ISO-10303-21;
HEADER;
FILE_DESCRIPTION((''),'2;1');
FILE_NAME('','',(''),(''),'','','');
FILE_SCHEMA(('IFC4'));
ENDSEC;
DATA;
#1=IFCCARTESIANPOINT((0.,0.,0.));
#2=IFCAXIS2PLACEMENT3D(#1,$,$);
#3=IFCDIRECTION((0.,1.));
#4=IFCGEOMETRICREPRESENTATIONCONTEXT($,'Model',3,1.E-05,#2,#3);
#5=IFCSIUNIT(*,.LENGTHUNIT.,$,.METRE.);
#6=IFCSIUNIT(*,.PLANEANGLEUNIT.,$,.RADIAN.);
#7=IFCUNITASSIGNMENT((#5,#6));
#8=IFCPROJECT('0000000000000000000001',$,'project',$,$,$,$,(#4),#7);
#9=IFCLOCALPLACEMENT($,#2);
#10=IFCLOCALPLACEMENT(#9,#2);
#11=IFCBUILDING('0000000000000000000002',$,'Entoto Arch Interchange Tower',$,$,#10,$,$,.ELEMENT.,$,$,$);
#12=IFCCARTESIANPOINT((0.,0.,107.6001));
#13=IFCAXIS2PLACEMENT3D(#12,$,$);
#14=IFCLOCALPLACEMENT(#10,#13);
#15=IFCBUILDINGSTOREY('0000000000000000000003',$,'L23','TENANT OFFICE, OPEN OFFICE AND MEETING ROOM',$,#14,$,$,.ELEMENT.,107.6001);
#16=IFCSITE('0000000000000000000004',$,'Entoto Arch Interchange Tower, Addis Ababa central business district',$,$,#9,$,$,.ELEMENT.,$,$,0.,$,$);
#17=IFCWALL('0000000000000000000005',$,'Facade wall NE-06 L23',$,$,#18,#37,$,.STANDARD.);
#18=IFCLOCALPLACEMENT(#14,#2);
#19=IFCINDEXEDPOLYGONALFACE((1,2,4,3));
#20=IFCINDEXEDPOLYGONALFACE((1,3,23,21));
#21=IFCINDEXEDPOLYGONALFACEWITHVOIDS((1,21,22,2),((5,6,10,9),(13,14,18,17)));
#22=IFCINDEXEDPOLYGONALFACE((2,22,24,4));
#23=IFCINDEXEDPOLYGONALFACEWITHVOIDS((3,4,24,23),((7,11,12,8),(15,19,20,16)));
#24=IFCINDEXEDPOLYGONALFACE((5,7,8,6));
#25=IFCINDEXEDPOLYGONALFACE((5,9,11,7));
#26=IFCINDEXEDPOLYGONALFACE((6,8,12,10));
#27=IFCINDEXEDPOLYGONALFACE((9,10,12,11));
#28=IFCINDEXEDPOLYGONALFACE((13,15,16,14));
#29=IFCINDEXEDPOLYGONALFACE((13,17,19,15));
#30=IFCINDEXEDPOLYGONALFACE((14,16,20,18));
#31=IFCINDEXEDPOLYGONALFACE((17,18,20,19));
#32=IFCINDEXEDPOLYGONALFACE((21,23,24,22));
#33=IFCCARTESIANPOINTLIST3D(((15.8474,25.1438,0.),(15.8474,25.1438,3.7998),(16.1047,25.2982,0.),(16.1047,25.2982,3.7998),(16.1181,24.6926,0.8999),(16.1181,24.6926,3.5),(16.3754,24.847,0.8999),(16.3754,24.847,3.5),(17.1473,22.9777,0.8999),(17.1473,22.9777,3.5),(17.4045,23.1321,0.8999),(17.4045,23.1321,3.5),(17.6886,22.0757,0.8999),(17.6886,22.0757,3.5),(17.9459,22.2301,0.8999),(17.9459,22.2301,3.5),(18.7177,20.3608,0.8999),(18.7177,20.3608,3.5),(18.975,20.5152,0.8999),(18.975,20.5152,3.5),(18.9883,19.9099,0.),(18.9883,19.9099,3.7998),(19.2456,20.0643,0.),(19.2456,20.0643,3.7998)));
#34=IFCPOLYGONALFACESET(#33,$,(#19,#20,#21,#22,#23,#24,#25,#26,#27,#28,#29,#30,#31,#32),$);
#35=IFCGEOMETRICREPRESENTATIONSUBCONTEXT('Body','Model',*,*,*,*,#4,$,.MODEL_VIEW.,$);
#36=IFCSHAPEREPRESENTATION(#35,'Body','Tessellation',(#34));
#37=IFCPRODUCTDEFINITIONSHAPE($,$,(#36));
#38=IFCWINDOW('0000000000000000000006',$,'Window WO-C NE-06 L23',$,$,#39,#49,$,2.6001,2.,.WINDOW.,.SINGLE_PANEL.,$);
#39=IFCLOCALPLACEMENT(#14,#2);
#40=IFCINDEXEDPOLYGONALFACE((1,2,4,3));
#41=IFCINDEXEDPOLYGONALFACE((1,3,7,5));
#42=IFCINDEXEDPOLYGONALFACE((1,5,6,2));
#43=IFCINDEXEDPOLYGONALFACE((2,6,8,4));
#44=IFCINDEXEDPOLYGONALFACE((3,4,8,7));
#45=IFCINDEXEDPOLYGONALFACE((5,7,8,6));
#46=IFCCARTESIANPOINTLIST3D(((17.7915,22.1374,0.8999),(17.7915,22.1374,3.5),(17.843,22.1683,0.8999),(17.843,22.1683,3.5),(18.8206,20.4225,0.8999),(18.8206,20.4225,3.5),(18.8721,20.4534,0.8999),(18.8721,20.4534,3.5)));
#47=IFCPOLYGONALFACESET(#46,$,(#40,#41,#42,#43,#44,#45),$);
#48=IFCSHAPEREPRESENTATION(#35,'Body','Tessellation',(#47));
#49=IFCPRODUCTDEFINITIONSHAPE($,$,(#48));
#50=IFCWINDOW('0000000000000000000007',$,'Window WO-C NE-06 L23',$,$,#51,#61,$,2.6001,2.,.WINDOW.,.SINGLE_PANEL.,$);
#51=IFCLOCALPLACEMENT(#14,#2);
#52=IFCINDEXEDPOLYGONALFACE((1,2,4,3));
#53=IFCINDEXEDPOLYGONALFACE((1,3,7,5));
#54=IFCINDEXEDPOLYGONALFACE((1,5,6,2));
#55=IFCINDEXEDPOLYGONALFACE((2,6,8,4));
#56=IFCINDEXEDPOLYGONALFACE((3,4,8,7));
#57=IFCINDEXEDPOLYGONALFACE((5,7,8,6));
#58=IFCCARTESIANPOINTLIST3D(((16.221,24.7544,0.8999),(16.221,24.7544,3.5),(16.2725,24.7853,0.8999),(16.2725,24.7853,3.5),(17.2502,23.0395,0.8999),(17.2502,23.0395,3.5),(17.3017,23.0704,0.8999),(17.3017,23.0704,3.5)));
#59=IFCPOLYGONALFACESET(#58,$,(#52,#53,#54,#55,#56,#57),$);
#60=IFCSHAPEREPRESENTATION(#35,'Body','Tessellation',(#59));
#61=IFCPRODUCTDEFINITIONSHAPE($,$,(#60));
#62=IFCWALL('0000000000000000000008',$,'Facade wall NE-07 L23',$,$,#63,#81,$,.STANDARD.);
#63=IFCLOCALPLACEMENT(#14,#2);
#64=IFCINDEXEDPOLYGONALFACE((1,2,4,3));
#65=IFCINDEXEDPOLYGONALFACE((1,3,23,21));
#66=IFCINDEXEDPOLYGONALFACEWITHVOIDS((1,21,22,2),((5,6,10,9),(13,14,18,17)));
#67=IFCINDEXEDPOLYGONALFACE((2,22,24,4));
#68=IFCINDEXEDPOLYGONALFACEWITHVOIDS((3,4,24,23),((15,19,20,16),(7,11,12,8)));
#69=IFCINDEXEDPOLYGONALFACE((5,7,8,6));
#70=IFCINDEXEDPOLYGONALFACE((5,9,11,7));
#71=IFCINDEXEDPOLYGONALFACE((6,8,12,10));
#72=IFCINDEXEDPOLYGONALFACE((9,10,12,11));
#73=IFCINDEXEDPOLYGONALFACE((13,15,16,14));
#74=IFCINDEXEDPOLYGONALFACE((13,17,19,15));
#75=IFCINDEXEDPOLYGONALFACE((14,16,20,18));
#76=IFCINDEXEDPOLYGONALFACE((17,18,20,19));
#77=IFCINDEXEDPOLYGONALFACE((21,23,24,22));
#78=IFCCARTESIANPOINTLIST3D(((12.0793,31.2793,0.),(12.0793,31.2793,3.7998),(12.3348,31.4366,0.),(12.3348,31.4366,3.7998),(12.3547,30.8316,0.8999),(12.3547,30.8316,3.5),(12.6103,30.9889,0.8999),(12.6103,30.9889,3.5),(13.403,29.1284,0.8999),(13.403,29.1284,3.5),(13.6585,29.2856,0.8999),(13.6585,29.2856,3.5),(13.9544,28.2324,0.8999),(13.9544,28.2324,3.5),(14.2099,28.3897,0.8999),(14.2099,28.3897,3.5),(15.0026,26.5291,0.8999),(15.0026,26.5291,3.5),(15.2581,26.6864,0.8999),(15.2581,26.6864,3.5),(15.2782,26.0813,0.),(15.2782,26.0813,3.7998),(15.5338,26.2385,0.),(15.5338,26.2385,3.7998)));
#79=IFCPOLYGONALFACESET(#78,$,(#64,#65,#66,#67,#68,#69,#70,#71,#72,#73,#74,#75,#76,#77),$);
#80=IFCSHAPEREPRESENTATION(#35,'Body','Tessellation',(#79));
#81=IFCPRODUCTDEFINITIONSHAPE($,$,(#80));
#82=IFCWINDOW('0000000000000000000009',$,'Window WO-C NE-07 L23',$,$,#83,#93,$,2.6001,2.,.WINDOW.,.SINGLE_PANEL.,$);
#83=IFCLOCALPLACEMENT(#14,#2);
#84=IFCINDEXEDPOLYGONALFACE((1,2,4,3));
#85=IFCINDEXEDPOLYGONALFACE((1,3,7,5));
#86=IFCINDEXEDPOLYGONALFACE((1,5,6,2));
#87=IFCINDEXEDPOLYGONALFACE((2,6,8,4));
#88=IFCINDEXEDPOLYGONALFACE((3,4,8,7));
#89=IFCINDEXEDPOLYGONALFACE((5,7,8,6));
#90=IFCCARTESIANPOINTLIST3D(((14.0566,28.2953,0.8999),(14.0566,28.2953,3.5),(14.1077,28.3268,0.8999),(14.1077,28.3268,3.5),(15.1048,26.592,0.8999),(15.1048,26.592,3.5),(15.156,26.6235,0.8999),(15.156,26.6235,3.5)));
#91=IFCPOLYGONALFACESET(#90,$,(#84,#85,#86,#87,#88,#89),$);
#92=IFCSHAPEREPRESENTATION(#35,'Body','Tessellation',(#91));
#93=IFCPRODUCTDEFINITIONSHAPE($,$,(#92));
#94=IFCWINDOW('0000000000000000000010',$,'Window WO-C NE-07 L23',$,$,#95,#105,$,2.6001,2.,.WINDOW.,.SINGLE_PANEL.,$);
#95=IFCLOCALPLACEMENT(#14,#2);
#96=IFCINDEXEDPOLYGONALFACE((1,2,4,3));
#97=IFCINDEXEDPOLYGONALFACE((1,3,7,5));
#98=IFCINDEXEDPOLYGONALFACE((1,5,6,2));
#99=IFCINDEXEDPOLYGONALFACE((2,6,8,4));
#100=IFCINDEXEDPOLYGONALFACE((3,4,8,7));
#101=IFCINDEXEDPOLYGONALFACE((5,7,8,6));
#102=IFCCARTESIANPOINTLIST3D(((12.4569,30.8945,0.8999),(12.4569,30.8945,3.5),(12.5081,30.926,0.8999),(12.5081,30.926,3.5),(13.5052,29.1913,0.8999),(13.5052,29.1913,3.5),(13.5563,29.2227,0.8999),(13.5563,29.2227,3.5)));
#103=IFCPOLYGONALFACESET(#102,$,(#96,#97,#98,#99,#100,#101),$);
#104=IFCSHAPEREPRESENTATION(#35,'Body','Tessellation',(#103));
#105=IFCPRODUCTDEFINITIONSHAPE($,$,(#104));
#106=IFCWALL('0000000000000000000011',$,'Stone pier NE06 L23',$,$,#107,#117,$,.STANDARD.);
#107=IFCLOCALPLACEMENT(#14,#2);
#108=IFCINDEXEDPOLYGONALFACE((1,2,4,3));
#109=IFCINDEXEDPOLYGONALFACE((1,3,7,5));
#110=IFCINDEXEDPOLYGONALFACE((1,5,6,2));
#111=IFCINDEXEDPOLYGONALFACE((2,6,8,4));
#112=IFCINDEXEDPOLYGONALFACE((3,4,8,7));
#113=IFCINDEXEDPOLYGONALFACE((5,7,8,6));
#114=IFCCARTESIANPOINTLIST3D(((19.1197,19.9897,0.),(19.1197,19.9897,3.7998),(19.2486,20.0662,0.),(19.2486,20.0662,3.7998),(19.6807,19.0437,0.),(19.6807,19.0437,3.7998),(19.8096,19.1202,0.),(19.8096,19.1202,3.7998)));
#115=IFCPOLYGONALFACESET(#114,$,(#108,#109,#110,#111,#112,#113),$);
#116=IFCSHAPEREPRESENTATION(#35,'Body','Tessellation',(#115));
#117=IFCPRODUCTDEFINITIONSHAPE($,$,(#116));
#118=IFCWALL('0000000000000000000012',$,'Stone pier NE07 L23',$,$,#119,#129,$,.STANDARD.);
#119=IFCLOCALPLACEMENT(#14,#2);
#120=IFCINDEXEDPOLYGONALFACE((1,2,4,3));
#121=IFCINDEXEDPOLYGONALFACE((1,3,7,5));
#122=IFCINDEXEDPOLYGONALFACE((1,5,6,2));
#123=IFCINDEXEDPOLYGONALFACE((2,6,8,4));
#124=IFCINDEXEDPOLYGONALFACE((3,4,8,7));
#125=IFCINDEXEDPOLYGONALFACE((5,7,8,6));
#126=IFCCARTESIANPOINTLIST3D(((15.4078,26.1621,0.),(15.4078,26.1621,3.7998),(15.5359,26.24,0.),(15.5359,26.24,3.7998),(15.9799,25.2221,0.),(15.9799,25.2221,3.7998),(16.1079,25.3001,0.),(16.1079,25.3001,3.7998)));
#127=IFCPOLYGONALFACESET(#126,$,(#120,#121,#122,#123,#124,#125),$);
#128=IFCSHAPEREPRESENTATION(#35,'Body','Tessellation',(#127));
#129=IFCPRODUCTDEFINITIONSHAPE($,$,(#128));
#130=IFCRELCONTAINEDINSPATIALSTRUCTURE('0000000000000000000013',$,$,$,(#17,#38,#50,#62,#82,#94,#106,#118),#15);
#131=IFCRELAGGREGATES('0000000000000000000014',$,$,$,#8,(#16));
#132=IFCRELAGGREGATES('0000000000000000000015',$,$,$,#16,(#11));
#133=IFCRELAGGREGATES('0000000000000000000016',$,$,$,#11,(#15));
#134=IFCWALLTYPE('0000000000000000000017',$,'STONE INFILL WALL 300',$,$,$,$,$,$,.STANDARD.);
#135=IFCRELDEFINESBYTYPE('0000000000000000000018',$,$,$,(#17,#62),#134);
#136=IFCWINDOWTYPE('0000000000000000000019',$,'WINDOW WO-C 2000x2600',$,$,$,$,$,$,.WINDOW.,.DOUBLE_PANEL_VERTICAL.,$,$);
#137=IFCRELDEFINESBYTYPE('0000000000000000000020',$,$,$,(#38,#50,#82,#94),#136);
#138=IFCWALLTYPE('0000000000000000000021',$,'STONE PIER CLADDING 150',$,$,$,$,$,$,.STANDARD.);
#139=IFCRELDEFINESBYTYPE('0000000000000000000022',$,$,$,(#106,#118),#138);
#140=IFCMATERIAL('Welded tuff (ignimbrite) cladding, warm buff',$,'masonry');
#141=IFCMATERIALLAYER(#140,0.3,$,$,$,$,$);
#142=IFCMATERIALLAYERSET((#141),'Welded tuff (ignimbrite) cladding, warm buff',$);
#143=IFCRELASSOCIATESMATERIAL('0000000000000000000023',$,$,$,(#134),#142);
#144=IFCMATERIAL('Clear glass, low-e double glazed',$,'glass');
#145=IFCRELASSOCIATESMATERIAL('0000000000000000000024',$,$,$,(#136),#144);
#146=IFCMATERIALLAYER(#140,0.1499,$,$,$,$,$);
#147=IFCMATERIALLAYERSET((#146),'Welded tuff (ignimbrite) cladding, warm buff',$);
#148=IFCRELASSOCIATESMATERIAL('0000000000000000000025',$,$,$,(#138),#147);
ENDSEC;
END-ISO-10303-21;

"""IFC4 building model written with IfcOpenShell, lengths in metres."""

from ifc_helpers import new_model, si_unit, direction, frame, frame_2d, origin, place, context, subcontext, project, spatial, rectangle, extrude, material, layer, layer_set, type_object, element, fill, save


model = new_model("IFC4")

# Units and contexts
model_context = context("Model", 3, precision=1e-05, world=origin(), true_north=direction((0.0, 1.0)))
body_context = subcontext(model_context, "Body", "Model", "MODEL_VIEW")
ifc_project = project(units=[si_unit("LENGTHUNIT", "METRE"), si_unit("PLANEANGLEUNIT", "RADIAN")], contexts=[model_context])

# Site, building, storey
site_placement = place(None, origin())
site = spatial("IfcSite", under=ifc_project, at=site_placement, Name="Entoto Arch Interchange Tower, Addis Ababa central business district", CompositionType="ELEMENT", RefElevation=0.0)
building_placement = place(site_placement, origin())
building = spatial("IfcBuilding", under=site, at=building_placement, Name="Entoto Arch Interchange Tower", CompositionType="ELEMENT")
storey_placement = place(building_placement, frame((0.0, 0.0, 107.6001)))
storey = spatial("IfcBuildingStorey", under=building, at=storey_placement, Name="L23", Description="TENANT OFFICE, OPEN OFFICE AND MEETING ROOM", CompositionType="ELEMENT", Elevation=107.6001)

# Walls, openings, windows
ifc_material_1 = material(Name="Welded tuff (ignimbrite) cladding, warm buff", Category="masonry")
ifc_layer_1 = layer(ifc_material_1, 0.3)
ifc_layer_set_1 = layer_set([ifc_layer_1], Name="Welded tuff (ignimbrite) cladding, warm buff")
wall_type_1 = type_object("IfcWallType", Name="STONE INFILL WALL 300", PredefinedType="STANDARD", material=ifc_layer_set_1)
wall_1_placement = place(storey_placement, frame((19.1169, 19.9871, 0.0), z_axis=(0.0, 0.0, 1.0), x_axis=(-0.51456, 0.857454, 0.0)))
wall_1 = element("IfcWall", 1, at=wall_1_placement, inside=storey, type_object=wall_type_1, Name="Facade wall NE-06 L23", PredefinedType="STANDARD", context=body_context, shape_type="SweptSolid", body=[
    extrude(rectangle(XDim=6.104, YDim=0.3, at=frame_2d((3.052, 0.0))), origin(), (0.0, 0.0, 1.0), 3.7998),
])
opening_1_placement = place(wall_1_placement, frame((0.5259, 0.0, 0.8999)))
opening_1 = element("IfcOpeningElement", 2, at=opening_1_placement, cuts=wall_1, PredefinedType="OPENING", context=body_context, shape_type="SweptSolid", body=[
    extrude(rectangle(XDim=2.0, YDim=2.6001, at=frame_2d((1.0, 1.3))), frame((0.0, 0.1602, 0.0), z_axis=(0.0, -1.0, 0.0), x_axis=(1.0, 0.0, 0.0)), (0.0, 0.0, 1.0), 0.3201),
])
opening_2_placement = place(wall_1_placement, frame((3.5779, 0.0, 0.8999)))
opening_2 = element("IfcOpeningElement", 3, at=opening_2_placement, cuts=wall_1, PredefinedType="OPENING", context=body_context, shape_type="SweptSolid", body=[
    extrude(rectangle(XDim=2.0, YDim=2.6001, at=frame_2d((1.0, 1.3))), frame((0.0, 0.1602, 0.0), z_axis=(0.0, -1.0, 0.0), x_axis=(1.0, 0.0, 0.0)), (0.0, 0.0, 1.0), 0.3201),
])
ifc_material_2 = material(Name="Clear glass, low-e double glazed", Category="glass")
window_type = type_object("IfcWindowType", Name="WINDOW WO-C 2000x2600", PartitioningType="DOUBLE_PANEL_VERTICAL", PredefinedType="WINDOW", material=ifc_material_2)
window_1_placement = place(opening_1_placement, origin())
window_1 = element("IfcWindow", 4, at=window_1_placement, inside=storey, type_object=window_type, Name="Window WO-C NE-06 L23", OverallHeight=2.6001, OverallWidth=2.0, PartitioningType="SINGLE_PANEL", PredefinedType="WINDOW", context=body_context, shape_type="SweptSolid", body=[
    extrude(rectangle(XDim=2.0, YDim=2.6001, at=frame_2d((1.0, 1.3))), frame((0.0, 0.03, 0.0), z_axis=(0.0, -1.0, 0.0), x_axis=(1.0, 0.0, 0.0)), (0.0, 0.0, 1.0), 0.0601),
])
fill(opening_1, window_1)
window_2_placement = place(opening_2_placement, origin())
window_2 = element("IfcWindow", 5, at=window_2_placement, inside=storey, type_object=window_type, Name="Window WO-C NE-06 L23", OverallHeight=2.6001, OverallWidth=2.0, PartitioningType="SINGLE_PANEL", PredefinedType="WINDOW", context=body_context, shape_type="SweptSolid", body=[
    extrude(rectangle(XDim=2.0, YDim=2.6001, at=frame_2d((1.0, 1.3))), frame((0.0, 0.03, 0.0), z_axis=(0.0, -1.0, 0.0), x_axis=(1.0, 0.0, 0.0)), (0.0, 0.0, 1.0), 0.0601),
])
fill(opening_2, window_2)
wall_2_placement = place(storey_placement, frame((15.406, 26.1599, 0.0), z_axis=(0.0, 0.0, 1.0), x_axis=(-0.524122, 0.851643, 0.0)))
wall_2 = element("IfcWall", 6, at=wall_2_placement, inside=storey, type_object=wall_type_1, Name="Facade wall NE-07 L23", PredefinedType="STANDARD", context=body_context, shape_type="SweptSolid", body=[
    extrude(rectangle(XDim=6.1035, YDim=0.3, at=frame_2d((3.0518, 0.0))), origin(), (0.0, 0.0, 1.0), 3.7998),
])
opening_3_placement = place(wall_2_placement, frame((0.5259, 0.0, 0.8999)))
opening_3 = element("IfcOpeningElement", 7, at=opening_3_placement, cuts=wall_2, PredefinedType="OPENING", context=body_context, shape_type="SweptSolid", body=[
    extrude(rectangle(XDim=2.0, YDim=2.6001, at=frame_2d((1.0, 1.3))), frame((0.0, 0.1602, 0.0), z_axis=(0.0, -1.0, 0.0), x_axis=(1.0, 0.0, 0.0)), (0.0, 0.0, 1.0), 0.3201),
])
opening_4_placement = place(wall_2_placement, frame((3.5779, 0.0, 0.8999)))
opening_4 = element("IfcOpeningElement", 8, at=opening_4_placement, cuts=wall_2, PredefinedType="OPENING", context=body_context, shape_type="SweptSolid", body=[
    extrude(rectangle(XDim=2.0, YDim=2.6001, at=frame_2d((1.0, 1.3))), frame((0.0, 0.1602, 0.0), z_axis=(0.0, -1.0, 0.0), x_axis=(1.0, 0.0, 0.0)), (0.0, 0.0, 1.0), 0.3201),
])
window_3_placement = place(opening_3_placement, origin())
window_3 = element("IfcWindow", 9, at=window_3_placement, inside=storey, type_object=window_type, Name="Window WO-C NE-07 L23", OverallHeight=2.6001, OverallWidth=2.0, PartitioningType="SINGLE_PANEL", PredefinedType="WINDOW", context=body_context, shape_type="SweptSolid", body=[
    extrude(rectangle(XDim=2.0, YDim=2.6001, at=frame_2d((1.0, 1.3))), frame((0.0, 0.03, 0.0), z_axis=(0.0, -1.0, 0.0), x_axis=(1.0, 0.0, 0.0)), (0.0, 0.0, 1.0), 0.0601),
])
fill(opening_3, window_3)
window_4_placement = place(opening_4_placement, origin())
window_4 = element("IfcWindow", 10, at=window_4_placement, inside=storey, type_object=window_type, Name="Window WO-C NE-07 L23", OverallHeight=2.6001, OverallWidth=2.0, PartitioningType="SINGLE_PANEL", PredefinedType="WINDOW", context=body_context, shape_type="SweptSolid", body=[
    extrude(rectangle(XDim=2.0, YDim=2.6001, at=frame_2d((1.0, 1.3))), frame((0.0, 0.03, 0.0), z_axis=(0.0, -1.0, 0.0), x_axis=(1.0, 0.0, 0.0)), (0.0, 0.0, 1.0), 0.0601),
])
fill(opening_4, window_4)

# Walls
ifc_layer_2 = layer(ifc_material_1, 0.1499)
ifc_layer_set_2 = layer_set([ifc_layer_2], Name="Welded tuff (ignimbrite) cladding, warm buff")
wall_type_2 = type_object("IfcWallType", Name="STONE PIER CLADDING 150", PredefinedType="STANDARD", material=ifc_layer_set_2)
wall_3_placement = place(storey_placement, frame((19.7451, 19.082, 0.0), z_axis=(0.0, 0.0, 1.0), x_axis=(-0.510082, 0.860126, 0.0)))
element("IfcWall", 11, at=wall_3_placement, inside=storey, type_object=wall_type_2, Name="Stone pier NE06 L23", PredefinedType="STANDARD", context=body_context, shape_type="SweptSolid", body=[
    extrude(rectangle(XDim=1.0999, YDim=0.1499, at=frame_2d((0.5498, 0.0))), origin(), (0.0, 0.0, 1.0), 3.7998),
])
wall_4_placement = place(storey_placement, frame((16.0439, 25.261, 0.0), z_axis=(0.0, 0.0, 1.0), x_axis=(-0.51987, 0.854246, 0.0)))
element("IfcWall", 12, at=wall_4_placement, inside=storey, type_object=wall_type_2, Name="Stone pier NE07 L23", PredefinedType="STANDARD", context=body_context, shape_type="SweptSolid", body=[
    extrude(rectangle(XDim=1.1003, YDim=0.1499, at=frame_2d((0.5503, 0.0))), origin(), (0.0, 0.0, 1.0), 3.7998),
])

save(model, "model.ifc")
